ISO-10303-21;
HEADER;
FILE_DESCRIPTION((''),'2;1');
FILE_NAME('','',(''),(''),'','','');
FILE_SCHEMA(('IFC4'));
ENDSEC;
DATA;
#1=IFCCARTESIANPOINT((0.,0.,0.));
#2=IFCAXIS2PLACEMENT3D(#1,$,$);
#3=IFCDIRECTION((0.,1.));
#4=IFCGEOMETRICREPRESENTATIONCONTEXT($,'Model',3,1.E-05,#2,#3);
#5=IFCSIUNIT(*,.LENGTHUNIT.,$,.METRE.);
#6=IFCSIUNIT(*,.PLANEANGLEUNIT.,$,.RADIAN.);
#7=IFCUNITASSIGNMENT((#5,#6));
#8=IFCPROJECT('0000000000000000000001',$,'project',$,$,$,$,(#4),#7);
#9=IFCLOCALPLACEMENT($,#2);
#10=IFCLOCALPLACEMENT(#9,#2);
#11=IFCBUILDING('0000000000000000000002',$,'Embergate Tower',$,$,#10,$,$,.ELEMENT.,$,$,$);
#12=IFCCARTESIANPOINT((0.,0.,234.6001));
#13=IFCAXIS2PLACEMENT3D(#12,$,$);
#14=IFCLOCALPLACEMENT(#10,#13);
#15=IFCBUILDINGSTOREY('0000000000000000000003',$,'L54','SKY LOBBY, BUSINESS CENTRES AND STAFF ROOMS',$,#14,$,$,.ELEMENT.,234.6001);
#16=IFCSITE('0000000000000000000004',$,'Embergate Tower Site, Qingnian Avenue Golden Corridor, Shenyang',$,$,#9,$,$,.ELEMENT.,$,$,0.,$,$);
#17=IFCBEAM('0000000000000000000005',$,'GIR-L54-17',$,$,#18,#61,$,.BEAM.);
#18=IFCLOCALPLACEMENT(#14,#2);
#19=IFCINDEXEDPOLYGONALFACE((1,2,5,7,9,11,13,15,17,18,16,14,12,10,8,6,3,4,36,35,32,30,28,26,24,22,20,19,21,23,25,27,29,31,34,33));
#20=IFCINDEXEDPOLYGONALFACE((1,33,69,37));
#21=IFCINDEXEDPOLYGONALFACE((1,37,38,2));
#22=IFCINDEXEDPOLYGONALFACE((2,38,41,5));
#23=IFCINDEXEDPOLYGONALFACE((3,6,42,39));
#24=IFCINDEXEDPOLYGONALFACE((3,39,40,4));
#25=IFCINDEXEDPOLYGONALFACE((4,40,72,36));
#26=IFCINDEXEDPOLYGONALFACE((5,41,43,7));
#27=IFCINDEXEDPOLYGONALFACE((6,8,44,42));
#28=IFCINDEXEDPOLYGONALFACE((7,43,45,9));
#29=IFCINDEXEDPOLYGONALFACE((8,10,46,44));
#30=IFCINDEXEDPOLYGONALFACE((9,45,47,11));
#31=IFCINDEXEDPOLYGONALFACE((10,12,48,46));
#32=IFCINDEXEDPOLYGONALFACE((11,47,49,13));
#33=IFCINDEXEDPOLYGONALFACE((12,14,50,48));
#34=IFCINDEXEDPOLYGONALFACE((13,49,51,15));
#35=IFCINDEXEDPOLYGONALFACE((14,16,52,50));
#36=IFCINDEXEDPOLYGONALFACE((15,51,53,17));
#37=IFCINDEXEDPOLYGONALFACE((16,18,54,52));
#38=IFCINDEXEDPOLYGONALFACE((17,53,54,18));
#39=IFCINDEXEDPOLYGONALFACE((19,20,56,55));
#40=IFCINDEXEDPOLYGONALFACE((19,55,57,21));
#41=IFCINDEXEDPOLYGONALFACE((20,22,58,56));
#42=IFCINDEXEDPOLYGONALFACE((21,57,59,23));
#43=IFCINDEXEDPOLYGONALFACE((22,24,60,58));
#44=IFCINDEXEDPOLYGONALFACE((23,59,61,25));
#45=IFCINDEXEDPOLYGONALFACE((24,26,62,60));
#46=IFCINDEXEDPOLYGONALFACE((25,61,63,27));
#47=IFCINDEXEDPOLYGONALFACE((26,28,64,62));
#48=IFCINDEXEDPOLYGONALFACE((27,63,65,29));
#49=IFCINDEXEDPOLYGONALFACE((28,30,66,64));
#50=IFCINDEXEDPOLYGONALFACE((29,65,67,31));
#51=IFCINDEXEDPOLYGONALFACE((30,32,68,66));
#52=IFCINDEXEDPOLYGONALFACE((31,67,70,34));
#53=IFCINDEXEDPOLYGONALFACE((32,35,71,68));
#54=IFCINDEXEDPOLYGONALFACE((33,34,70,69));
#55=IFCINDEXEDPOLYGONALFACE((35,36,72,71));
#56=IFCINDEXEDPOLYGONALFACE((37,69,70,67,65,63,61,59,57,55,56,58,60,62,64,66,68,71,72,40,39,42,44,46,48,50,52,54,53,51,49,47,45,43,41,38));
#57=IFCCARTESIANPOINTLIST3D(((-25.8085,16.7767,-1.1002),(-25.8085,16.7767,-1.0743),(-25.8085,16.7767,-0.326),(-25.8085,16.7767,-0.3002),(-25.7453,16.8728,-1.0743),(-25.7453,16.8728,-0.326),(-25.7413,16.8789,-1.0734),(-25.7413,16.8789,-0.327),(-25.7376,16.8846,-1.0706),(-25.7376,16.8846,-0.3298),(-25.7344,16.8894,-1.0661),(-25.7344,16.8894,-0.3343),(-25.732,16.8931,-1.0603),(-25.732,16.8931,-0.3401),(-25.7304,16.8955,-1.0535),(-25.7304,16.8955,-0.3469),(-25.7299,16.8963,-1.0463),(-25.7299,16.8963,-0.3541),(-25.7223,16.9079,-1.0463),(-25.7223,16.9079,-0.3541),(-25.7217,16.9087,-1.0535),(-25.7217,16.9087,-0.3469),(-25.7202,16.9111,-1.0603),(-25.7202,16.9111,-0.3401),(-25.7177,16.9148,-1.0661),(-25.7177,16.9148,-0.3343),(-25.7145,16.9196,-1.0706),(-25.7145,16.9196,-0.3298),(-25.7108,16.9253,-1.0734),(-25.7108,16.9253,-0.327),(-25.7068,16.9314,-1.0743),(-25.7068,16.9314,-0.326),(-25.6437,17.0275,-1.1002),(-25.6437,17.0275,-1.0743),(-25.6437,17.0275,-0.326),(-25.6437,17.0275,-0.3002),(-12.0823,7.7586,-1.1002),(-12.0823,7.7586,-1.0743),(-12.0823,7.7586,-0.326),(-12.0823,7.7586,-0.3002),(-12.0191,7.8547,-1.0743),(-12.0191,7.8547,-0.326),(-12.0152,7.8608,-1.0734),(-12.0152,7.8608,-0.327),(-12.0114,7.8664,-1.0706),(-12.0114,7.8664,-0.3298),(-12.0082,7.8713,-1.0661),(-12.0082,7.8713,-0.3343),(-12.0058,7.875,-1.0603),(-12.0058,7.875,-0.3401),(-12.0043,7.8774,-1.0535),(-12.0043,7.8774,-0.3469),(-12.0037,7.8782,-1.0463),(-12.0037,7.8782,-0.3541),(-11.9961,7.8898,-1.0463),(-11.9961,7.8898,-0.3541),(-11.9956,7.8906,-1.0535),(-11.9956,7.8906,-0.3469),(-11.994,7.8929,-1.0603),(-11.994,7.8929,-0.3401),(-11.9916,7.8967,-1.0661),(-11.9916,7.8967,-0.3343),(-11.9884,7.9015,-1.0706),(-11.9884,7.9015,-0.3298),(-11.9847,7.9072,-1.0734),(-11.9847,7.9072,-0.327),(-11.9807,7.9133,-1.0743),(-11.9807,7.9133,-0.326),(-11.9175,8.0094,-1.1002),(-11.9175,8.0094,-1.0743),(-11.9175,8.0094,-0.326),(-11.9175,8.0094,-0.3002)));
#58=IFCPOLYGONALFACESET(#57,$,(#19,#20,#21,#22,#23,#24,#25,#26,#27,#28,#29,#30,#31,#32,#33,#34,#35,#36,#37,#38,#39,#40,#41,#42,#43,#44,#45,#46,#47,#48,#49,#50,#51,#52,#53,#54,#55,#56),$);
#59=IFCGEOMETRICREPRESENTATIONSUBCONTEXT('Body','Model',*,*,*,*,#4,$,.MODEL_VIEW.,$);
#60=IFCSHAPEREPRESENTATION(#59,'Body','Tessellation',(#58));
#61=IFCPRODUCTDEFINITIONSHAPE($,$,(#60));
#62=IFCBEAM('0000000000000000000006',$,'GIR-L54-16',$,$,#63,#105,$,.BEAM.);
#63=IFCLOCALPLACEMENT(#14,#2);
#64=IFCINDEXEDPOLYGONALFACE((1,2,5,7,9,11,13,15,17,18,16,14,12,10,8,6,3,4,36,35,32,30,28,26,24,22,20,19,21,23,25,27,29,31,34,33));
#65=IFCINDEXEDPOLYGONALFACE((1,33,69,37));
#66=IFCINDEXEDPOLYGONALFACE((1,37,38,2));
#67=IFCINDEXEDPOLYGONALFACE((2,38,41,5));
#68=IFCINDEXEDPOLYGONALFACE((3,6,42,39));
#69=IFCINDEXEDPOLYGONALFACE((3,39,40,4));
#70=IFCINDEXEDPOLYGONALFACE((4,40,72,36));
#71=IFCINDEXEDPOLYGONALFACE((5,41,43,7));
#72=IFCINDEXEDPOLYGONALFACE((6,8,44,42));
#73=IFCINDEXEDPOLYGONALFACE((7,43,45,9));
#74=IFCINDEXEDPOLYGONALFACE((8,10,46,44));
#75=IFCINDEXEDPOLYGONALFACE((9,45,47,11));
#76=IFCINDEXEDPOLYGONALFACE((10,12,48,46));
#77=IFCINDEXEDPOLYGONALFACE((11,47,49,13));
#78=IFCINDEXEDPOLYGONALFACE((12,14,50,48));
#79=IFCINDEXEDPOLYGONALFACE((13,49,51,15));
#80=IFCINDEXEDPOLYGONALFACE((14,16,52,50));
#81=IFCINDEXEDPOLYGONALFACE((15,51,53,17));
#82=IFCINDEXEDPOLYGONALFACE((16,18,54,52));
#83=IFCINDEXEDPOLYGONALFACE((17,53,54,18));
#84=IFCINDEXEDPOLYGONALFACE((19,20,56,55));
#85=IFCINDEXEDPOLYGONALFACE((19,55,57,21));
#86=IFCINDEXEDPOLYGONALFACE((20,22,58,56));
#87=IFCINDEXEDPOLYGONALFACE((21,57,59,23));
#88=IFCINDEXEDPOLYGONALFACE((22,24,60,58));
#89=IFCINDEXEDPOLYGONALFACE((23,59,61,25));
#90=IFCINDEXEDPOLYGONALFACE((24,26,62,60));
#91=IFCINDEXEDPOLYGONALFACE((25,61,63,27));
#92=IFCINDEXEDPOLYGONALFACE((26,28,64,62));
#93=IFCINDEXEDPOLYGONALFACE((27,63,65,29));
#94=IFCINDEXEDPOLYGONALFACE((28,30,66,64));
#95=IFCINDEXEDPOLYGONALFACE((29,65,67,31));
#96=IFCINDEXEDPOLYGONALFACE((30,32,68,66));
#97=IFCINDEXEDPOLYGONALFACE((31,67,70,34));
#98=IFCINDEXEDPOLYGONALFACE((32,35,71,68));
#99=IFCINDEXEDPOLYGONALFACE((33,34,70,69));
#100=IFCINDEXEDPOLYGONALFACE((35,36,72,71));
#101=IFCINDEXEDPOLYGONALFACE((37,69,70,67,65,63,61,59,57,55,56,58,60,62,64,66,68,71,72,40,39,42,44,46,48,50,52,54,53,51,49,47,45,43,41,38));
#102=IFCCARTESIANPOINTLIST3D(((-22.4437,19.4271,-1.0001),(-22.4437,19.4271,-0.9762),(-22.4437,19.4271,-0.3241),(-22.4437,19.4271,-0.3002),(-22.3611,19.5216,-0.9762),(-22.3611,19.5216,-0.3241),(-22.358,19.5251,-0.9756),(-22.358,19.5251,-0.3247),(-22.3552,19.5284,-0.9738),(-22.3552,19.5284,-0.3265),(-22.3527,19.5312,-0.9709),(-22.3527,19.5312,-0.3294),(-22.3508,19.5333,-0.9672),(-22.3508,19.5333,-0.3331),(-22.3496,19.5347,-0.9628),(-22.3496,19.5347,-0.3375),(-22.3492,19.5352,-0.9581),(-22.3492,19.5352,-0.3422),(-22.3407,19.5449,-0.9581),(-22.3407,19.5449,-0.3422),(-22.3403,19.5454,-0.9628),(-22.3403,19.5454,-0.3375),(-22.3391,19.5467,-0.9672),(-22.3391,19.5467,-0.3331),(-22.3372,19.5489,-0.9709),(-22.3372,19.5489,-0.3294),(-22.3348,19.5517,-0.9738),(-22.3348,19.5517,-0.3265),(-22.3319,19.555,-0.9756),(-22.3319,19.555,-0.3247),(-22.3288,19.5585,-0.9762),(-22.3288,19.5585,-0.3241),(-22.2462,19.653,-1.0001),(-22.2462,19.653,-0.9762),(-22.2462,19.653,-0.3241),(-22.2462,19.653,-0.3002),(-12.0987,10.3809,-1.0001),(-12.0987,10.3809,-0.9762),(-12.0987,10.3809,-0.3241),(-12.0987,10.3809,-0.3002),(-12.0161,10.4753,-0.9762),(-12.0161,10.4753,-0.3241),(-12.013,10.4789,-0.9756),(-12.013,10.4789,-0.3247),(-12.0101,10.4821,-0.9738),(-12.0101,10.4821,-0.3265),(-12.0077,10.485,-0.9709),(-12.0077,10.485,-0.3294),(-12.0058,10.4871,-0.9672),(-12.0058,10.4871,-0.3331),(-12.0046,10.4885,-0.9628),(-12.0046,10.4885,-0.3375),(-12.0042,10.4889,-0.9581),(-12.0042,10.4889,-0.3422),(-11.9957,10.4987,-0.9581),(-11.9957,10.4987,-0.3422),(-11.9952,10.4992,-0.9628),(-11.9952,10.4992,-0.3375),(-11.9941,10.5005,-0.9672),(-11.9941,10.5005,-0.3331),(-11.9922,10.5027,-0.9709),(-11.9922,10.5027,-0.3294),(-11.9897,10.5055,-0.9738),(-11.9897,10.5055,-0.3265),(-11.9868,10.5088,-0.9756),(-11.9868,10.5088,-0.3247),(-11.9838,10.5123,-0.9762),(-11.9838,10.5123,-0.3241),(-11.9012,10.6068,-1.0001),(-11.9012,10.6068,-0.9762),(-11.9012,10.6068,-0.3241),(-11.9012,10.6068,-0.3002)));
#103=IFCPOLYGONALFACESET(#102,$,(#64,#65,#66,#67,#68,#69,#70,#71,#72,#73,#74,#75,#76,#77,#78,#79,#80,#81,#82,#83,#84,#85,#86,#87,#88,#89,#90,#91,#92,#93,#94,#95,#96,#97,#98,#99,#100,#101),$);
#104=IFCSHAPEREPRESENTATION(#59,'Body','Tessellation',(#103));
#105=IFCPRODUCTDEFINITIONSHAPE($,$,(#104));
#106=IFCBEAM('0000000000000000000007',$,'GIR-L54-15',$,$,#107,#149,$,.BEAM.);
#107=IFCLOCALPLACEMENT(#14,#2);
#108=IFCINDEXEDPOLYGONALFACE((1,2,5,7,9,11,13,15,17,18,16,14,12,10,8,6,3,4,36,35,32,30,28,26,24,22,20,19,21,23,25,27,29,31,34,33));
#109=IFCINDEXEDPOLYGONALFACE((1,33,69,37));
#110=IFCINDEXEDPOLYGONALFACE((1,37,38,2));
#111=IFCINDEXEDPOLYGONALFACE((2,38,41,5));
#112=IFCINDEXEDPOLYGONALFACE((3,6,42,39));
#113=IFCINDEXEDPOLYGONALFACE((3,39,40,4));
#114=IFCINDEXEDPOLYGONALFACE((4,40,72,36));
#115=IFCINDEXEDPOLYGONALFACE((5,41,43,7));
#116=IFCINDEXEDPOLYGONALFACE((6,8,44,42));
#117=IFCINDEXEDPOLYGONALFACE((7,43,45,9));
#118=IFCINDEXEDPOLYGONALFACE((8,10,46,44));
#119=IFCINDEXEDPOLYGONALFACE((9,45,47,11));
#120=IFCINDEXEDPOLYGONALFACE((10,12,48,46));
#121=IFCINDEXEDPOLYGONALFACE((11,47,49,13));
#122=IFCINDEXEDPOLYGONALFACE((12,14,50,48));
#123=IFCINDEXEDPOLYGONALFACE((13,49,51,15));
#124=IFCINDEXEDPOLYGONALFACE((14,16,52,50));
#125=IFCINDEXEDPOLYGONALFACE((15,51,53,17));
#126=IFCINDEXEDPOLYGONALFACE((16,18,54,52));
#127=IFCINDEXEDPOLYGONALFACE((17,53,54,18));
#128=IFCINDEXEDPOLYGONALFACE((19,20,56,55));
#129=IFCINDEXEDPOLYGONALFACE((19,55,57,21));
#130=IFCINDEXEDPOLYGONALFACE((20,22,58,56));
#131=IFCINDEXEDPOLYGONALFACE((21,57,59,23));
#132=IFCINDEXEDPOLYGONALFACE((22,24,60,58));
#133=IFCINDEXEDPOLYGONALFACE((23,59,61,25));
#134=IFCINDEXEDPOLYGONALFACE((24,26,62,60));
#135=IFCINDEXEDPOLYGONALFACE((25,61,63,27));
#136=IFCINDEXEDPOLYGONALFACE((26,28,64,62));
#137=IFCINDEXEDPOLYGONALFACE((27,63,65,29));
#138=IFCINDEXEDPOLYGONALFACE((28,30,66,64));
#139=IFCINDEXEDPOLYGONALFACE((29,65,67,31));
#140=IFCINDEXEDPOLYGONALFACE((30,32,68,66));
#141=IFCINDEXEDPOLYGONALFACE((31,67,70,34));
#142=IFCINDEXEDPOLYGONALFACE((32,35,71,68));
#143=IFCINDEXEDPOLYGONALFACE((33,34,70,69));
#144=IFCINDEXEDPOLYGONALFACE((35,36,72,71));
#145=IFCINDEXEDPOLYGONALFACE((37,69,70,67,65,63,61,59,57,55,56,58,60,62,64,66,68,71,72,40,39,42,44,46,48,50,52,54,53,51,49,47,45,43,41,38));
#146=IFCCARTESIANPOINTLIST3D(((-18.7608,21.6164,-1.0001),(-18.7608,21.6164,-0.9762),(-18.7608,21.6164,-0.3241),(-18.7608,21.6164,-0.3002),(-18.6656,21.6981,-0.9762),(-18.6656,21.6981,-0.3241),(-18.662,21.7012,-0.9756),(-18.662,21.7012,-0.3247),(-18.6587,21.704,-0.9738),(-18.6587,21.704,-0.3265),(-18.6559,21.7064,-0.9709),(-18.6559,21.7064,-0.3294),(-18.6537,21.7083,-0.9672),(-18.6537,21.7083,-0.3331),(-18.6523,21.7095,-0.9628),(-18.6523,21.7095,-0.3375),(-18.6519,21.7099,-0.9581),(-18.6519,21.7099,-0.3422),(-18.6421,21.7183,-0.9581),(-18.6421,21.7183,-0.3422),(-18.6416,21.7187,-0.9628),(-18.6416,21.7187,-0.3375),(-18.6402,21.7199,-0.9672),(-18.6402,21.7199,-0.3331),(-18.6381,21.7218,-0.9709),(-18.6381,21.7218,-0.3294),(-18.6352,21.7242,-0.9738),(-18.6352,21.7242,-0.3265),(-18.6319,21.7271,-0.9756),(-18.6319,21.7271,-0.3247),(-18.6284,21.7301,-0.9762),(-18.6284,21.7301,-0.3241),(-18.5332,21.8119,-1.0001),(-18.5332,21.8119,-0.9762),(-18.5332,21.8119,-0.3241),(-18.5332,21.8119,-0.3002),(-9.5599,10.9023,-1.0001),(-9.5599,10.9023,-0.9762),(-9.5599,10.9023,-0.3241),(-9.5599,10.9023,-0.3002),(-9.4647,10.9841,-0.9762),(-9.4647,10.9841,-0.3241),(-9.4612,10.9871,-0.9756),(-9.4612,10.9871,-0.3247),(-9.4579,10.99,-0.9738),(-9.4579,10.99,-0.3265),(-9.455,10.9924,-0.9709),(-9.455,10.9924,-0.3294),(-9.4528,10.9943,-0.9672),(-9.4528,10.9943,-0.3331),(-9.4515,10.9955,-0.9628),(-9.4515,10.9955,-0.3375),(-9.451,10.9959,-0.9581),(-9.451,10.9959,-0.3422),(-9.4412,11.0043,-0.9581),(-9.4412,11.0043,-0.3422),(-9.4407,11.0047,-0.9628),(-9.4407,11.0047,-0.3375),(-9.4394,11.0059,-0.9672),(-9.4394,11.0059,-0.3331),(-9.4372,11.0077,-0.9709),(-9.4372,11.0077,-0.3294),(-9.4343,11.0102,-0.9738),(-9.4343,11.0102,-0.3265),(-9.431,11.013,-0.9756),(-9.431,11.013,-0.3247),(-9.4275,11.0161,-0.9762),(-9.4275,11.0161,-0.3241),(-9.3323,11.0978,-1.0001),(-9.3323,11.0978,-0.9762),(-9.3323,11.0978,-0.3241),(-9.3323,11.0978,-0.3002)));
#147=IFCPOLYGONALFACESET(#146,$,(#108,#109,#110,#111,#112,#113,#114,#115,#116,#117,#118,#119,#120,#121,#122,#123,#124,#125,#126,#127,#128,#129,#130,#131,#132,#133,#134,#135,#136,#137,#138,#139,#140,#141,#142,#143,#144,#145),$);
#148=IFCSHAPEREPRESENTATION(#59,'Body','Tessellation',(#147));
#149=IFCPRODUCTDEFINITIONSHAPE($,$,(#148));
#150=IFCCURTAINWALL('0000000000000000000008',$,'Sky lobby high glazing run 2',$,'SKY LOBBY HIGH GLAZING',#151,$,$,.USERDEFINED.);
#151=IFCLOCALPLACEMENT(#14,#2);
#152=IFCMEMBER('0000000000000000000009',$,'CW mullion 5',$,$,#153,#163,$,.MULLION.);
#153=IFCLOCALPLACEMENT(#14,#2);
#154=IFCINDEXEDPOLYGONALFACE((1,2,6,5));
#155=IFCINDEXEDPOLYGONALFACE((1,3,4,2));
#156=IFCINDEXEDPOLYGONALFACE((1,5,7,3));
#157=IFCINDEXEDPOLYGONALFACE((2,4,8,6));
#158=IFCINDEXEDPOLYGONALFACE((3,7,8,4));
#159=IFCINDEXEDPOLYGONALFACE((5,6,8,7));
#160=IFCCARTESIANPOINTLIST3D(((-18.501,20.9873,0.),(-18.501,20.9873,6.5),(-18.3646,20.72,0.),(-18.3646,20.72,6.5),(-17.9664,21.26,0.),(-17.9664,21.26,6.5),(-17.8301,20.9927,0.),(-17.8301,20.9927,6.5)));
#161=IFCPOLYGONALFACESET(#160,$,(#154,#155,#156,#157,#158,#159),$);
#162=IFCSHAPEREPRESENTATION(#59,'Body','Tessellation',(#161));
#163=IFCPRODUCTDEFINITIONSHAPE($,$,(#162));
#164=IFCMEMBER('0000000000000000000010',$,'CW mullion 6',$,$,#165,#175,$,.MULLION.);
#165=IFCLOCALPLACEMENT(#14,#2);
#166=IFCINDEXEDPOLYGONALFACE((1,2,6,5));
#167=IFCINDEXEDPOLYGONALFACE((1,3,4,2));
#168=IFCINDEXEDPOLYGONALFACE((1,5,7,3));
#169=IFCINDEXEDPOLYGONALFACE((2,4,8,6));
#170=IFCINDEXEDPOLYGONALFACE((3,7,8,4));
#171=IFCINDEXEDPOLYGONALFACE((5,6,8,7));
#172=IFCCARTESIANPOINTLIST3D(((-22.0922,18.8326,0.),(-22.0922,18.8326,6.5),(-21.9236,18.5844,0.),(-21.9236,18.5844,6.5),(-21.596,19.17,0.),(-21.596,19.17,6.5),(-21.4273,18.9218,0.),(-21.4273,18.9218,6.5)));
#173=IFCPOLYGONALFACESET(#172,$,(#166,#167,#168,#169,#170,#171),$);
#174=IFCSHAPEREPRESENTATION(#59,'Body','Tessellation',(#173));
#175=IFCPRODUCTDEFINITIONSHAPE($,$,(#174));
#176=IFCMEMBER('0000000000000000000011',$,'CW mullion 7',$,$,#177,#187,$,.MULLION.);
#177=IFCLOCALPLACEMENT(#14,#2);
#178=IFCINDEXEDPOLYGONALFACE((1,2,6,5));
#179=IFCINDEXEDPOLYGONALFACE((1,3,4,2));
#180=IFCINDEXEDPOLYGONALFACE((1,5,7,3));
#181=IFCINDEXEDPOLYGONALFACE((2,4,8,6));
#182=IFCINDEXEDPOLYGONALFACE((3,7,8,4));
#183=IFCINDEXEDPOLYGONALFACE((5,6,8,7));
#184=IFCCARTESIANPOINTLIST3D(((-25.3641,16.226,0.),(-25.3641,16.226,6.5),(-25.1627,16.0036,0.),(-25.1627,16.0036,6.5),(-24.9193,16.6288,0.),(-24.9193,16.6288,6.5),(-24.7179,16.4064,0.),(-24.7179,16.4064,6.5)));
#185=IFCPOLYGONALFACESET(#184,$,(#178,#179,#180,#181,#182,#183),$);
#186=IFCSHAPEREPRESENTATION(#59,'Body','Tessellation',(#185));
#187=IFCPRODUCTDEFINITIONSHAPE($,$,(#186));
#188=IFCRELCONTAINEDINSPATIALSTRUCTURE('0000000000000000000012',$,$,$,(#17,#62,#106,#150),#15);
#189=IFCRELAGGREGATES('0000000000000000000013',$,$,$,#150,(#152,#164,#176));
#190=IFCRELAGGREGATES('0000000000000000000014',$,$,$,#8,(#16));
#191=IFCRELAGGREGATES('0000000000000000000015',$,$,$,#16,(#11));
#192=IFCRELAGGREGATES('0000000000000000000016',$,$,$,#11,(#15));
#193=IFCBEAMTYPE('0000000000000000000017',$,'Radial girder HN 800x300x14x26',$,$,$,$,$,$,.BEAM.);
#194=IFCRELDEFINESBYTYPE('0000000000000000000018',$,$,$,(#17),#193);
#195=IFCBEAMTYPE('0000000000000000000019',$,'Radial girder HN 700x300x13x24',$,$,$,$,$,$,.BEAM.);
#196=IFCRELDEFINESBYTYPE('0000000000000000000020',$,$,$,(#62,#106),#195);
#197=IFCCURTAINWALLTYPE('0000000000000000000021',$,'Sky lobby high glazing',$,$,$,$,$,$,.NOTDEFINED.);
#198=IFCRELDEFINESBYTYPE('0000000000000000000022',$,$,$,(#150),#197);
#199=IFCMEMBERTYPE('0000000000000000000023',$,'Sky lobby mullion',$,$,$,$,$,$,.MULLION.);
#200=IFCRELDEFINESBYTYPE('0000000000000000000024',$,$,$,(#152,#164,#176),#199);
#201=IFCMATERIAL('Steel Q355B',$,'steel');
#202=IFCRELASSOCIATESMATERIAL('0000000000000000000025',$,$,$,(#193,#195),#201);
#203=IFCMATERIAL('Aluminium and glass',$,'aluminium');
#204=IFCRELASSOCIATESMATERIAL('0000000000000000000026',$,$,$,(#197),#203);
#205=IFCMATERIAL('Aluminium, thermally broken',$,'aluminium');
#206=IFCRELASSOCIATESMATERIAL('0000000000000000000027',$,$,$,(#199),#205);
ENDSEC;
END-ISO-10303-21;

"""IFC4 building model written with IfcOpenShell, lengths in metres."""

from ifc_helpers import new_model, si_unit, direction, frame, origin, origin_2d, place, context, subcontext, project, spatial, rectangle, i_section, extrude, source, transform, mapped, material, material_profile, profile_set, type_object, element, aggregate, save


model = new_model("IFC4")

# Units and contexts
model_context = context("Model", 3, precision=1e-05, world=origin(), true_north=direction((0.0, 1.0)))
body_context = subcontext(model_context, "Body", "Model", "MODEL_VIEW")
ifc_project = project(units=[si_unit("LENGTHUNIT", "METRE"), si_unit("PLANEANGLEUNIT", "RADIAN")], contexts=[model_context])

# Site, building, storey
site_placement = place(None, origin())
site = spatial("IfcSite", under=ifc_project, at=site_placement, Name="Embergate Tower Site, Qingnian Avenue Golden Corridor, Shenyang", CompositionType="ELEMENT", RefElevation=0.0)
building_placement = place(site_placement, origin())
building = spatial("IfcBuilding", under=site, at=building_placement, Name="Embergate Tower", CompositionType="ELEMENT")
storey_placement = place(building_placement, frame((0.0, 0.0, 234.6001)))
storey = spatial("IfcBuildingStorey", under=building, at=storey_placement, Name="L54", Description="SKY LOBBY, BUSINESS CENTRES AND STAFF ROOMS", CompositionType="ELEMENT", Elevation=234.6001)

# Beams
ifc_material_1 = material(Name="Steel Q355B", Category="steel")
ifc_material_profile_1 = material_profile(ifc_material_1, i_section(OverallWidth=0.3, OverallDepth=0.8, WebThickness=0.0139, FlangeThickness=0.0259, FilletRadius=0.0281, at=origin_2d()), Name="HN 800x300x14x26")
ifc_profile_set_1 = profile_set([ifc_material_profile_1], Name="Steel Q355 grade B")
beam_type_1 = type_object("IfcBeamType", Name="Radial girder HN 800x300x14x26", PredefinedType="BEAM", material=ifc_profile_set_1)
shared_shape_1 = source(origin(), body_context, "Body", "SweptSolid", [
    extrude(i_section(OverallWidth=0.3, OverallDepth=0.8, WebThickness=0.0139, FlangeThickness=0.0259, FilletRadius=0.0281, at=origin_2d()), origin(), (0.0, 0.0, 1.0), 16.4236),
])
beam_1_placement = place(storey_placement, frame((-25.7261, 16.9021, -0.7002), z_axis=(0.835759, -0.549096, 0.0), x_axis=(0.549096, 0.835759, 0.0)))
element("IfcBeam", 1, at=beam_1_placement, inside=storey, type_object=beam_type_1, Name="GIR-L54-17", PredefinedType="BEAM", context=body_context, shape_type="MappedRepresentation", body=[
    mapped(shared_shape_1, transform((0.0, 0.0, 0.0))),
])
ifc_material_profile_2 = material_profile(ifc_material_1, i_section(OverallWidth=0.3, OverallDepth=0.7, WebThickness=0.0129, FlangeThickness=0.0239, FilletRadius=0.0181, at=origin_2d()), Name="HN 700x300x13x24")
ifc_profile_set_2 = profile_set([ifc_material_profile_2], Name="Steel Q355 grade B")
beam_type_2 = type_object("IfcBeamType", Name="Radial girder HN 700x300x13x24", PredefinedType="BEAM", material=ifc_profile_set_2)
shared_shape_2 = source(origin(), body_context, "Body", "SweptSolid", [
    extrude(i_section(OverallWidth=0.3, OverallDepth=0.7, WebThickness=0.0129, FlangeThickness=0.0239, FilletRadius=0.0181, at=origin_2d()), origin(), (0.0, 0.0, 1.0), 13.7424),
])
beam_2_placement = place(storey_placement, frame((-22.345, 19.54, -0.6501), z_axis=(0.752782, -0.658269, 0.0), x_axis=(0.658269, 0.752782, 0.0)))
element("IfcBeam", 2, at=beam_2_placement, inside=storey, type_object=beam_type_2, Name="GIR-L54-16", PredefinedType="BEAM", context=body_context, shape_type="MappedRepresentation", body=[
    mapped(shared_shape_2, transform((0.0, 0.0, 0.0))),
])
shared_shape_3 = source(origin(), body_context, "Body", "SweptSolid", [
    extrude(i_section(OverallWidth=0.3, OverallDepth=0.7, WebThickness=0.0129, FlangeThickness=0.0239, FilletRadius=0.0181, at=origin_2d()), origin(), (0.0, 0.0, 1.0), 14.1226),
])
beam_3_placement = place(storey_placement, frame((-18.647, 21.7141, -0.6501), z_axis=(0.651501, -0.758647, 0.0), x_axis=(0.758647, 0.651501, 0.0)))
element("IfcBeam", 3, at=beam_3_placement, inside=storey, type_object=beam_type_2, Name="GIR-L54-15", PredefinedType="BEAM", context=body_context, shape_type="MappedRepresentation", body=[
    mapped(shared_shape_3, transform((0.0, 0.0, 0.0))),
])

# Curtain wall, members
ifc_material_2 = material(Name="Aluminium and glass", Category="aluminium")
curtain_wall_type = type_object("IfcCurtainWallType", Name="Sky lobby high glazing", PredefinedType="NOTDEFINED", material=ifc_material_2)
curtain_wall_placement = place(storey_placement, origin())
curtain_wall = element("IfcCurtainWall", 4, at=curtain_wall_placement, inside=storey, type_object=curtain_wall_type, Name="Sky lobby high glazing run 2", ObjectType="SKY LOBBY HIGH GLAZING", PredefinedType="USERDEFINED")
ifc_material_3 = material(Name="Aluminium, thermally broken", Category="aluminium")
ifc_material_profile_3 = material_profile(ifc_material_3, rectangle(XDim=0.3, YDim=0.6001, at=origin_2d()), Name="AL 600x300")
ifc_profile_set_3 = profile_set([ifc_material_profile_3], Name="Aluminium, thermally broken")
member_type_1 = type_object("IfcMemberType", Name="Sky lobby mullion", PredefinedType="MULLION", material=ifc_profile_set_3)
shared_shape_4 = source(origin(), body_context, "Body", "SweptSolid", [
    extrude(rectangle(XDim=0.3, YDim=0.6001, at=origin_2d()), origin(), (0.0, 0.0, 1.0), 6.5),
])
member_1_placement = place(storey_placement, frame((-18.1655, 20.99, 0.0), z_axis=(0.0, 0.0, 1.0), x_axis=(0.454504, -0.890745, 0.0)))
member_1 = element("IfcMember", 5, at=member_1_placement, type_object=member_type_1, Name="CW mullion 5", PredefinedType="MULLION", context=body_context, shape_type="MappedRepresentation", body=[
    mapped(shared_shape_4, transform((0.0, 0.0, 0.0))),
])
member_2_placement = place(storey_placement, frame((-21.7598, 18.8772, 0.0), z_axis=(0.0, 0.0, 1.0), x_axis=(0.562208, -0.826996, 0.0)))
member_2 = element("IfcMember", 6, at=member_2_placement, type_object=member_type_1, Name="CW mullion 6", PredefinedType="MULLION", context=body_context, shape_type="MappedRepresentation", body=[
    mapped(shared_shape_4, transform((0.0, 0.0, 0.0))),
])
member_3_placement = place(storey_placement, frame((-25.041, 16.3162, 0.0), z_axis=(0.0, 0.0, 1.0), x_axis=(0.671215, -0.741263, 0.0)))
member_3 = element("IfcMember", 7, at=member_3_placement, type_object=member_type_1, Name="CW mullion 7", PredefinedType="MULLION", context=body_context, shape_type="MappedRepresentation", body=[
    mapped(shared_shape_4, transform((0.0, 0.0, 0.0))),
])
aggregate(curtain_wall, [member_1, member_2, member_3])

save(model, "model.ifc")
